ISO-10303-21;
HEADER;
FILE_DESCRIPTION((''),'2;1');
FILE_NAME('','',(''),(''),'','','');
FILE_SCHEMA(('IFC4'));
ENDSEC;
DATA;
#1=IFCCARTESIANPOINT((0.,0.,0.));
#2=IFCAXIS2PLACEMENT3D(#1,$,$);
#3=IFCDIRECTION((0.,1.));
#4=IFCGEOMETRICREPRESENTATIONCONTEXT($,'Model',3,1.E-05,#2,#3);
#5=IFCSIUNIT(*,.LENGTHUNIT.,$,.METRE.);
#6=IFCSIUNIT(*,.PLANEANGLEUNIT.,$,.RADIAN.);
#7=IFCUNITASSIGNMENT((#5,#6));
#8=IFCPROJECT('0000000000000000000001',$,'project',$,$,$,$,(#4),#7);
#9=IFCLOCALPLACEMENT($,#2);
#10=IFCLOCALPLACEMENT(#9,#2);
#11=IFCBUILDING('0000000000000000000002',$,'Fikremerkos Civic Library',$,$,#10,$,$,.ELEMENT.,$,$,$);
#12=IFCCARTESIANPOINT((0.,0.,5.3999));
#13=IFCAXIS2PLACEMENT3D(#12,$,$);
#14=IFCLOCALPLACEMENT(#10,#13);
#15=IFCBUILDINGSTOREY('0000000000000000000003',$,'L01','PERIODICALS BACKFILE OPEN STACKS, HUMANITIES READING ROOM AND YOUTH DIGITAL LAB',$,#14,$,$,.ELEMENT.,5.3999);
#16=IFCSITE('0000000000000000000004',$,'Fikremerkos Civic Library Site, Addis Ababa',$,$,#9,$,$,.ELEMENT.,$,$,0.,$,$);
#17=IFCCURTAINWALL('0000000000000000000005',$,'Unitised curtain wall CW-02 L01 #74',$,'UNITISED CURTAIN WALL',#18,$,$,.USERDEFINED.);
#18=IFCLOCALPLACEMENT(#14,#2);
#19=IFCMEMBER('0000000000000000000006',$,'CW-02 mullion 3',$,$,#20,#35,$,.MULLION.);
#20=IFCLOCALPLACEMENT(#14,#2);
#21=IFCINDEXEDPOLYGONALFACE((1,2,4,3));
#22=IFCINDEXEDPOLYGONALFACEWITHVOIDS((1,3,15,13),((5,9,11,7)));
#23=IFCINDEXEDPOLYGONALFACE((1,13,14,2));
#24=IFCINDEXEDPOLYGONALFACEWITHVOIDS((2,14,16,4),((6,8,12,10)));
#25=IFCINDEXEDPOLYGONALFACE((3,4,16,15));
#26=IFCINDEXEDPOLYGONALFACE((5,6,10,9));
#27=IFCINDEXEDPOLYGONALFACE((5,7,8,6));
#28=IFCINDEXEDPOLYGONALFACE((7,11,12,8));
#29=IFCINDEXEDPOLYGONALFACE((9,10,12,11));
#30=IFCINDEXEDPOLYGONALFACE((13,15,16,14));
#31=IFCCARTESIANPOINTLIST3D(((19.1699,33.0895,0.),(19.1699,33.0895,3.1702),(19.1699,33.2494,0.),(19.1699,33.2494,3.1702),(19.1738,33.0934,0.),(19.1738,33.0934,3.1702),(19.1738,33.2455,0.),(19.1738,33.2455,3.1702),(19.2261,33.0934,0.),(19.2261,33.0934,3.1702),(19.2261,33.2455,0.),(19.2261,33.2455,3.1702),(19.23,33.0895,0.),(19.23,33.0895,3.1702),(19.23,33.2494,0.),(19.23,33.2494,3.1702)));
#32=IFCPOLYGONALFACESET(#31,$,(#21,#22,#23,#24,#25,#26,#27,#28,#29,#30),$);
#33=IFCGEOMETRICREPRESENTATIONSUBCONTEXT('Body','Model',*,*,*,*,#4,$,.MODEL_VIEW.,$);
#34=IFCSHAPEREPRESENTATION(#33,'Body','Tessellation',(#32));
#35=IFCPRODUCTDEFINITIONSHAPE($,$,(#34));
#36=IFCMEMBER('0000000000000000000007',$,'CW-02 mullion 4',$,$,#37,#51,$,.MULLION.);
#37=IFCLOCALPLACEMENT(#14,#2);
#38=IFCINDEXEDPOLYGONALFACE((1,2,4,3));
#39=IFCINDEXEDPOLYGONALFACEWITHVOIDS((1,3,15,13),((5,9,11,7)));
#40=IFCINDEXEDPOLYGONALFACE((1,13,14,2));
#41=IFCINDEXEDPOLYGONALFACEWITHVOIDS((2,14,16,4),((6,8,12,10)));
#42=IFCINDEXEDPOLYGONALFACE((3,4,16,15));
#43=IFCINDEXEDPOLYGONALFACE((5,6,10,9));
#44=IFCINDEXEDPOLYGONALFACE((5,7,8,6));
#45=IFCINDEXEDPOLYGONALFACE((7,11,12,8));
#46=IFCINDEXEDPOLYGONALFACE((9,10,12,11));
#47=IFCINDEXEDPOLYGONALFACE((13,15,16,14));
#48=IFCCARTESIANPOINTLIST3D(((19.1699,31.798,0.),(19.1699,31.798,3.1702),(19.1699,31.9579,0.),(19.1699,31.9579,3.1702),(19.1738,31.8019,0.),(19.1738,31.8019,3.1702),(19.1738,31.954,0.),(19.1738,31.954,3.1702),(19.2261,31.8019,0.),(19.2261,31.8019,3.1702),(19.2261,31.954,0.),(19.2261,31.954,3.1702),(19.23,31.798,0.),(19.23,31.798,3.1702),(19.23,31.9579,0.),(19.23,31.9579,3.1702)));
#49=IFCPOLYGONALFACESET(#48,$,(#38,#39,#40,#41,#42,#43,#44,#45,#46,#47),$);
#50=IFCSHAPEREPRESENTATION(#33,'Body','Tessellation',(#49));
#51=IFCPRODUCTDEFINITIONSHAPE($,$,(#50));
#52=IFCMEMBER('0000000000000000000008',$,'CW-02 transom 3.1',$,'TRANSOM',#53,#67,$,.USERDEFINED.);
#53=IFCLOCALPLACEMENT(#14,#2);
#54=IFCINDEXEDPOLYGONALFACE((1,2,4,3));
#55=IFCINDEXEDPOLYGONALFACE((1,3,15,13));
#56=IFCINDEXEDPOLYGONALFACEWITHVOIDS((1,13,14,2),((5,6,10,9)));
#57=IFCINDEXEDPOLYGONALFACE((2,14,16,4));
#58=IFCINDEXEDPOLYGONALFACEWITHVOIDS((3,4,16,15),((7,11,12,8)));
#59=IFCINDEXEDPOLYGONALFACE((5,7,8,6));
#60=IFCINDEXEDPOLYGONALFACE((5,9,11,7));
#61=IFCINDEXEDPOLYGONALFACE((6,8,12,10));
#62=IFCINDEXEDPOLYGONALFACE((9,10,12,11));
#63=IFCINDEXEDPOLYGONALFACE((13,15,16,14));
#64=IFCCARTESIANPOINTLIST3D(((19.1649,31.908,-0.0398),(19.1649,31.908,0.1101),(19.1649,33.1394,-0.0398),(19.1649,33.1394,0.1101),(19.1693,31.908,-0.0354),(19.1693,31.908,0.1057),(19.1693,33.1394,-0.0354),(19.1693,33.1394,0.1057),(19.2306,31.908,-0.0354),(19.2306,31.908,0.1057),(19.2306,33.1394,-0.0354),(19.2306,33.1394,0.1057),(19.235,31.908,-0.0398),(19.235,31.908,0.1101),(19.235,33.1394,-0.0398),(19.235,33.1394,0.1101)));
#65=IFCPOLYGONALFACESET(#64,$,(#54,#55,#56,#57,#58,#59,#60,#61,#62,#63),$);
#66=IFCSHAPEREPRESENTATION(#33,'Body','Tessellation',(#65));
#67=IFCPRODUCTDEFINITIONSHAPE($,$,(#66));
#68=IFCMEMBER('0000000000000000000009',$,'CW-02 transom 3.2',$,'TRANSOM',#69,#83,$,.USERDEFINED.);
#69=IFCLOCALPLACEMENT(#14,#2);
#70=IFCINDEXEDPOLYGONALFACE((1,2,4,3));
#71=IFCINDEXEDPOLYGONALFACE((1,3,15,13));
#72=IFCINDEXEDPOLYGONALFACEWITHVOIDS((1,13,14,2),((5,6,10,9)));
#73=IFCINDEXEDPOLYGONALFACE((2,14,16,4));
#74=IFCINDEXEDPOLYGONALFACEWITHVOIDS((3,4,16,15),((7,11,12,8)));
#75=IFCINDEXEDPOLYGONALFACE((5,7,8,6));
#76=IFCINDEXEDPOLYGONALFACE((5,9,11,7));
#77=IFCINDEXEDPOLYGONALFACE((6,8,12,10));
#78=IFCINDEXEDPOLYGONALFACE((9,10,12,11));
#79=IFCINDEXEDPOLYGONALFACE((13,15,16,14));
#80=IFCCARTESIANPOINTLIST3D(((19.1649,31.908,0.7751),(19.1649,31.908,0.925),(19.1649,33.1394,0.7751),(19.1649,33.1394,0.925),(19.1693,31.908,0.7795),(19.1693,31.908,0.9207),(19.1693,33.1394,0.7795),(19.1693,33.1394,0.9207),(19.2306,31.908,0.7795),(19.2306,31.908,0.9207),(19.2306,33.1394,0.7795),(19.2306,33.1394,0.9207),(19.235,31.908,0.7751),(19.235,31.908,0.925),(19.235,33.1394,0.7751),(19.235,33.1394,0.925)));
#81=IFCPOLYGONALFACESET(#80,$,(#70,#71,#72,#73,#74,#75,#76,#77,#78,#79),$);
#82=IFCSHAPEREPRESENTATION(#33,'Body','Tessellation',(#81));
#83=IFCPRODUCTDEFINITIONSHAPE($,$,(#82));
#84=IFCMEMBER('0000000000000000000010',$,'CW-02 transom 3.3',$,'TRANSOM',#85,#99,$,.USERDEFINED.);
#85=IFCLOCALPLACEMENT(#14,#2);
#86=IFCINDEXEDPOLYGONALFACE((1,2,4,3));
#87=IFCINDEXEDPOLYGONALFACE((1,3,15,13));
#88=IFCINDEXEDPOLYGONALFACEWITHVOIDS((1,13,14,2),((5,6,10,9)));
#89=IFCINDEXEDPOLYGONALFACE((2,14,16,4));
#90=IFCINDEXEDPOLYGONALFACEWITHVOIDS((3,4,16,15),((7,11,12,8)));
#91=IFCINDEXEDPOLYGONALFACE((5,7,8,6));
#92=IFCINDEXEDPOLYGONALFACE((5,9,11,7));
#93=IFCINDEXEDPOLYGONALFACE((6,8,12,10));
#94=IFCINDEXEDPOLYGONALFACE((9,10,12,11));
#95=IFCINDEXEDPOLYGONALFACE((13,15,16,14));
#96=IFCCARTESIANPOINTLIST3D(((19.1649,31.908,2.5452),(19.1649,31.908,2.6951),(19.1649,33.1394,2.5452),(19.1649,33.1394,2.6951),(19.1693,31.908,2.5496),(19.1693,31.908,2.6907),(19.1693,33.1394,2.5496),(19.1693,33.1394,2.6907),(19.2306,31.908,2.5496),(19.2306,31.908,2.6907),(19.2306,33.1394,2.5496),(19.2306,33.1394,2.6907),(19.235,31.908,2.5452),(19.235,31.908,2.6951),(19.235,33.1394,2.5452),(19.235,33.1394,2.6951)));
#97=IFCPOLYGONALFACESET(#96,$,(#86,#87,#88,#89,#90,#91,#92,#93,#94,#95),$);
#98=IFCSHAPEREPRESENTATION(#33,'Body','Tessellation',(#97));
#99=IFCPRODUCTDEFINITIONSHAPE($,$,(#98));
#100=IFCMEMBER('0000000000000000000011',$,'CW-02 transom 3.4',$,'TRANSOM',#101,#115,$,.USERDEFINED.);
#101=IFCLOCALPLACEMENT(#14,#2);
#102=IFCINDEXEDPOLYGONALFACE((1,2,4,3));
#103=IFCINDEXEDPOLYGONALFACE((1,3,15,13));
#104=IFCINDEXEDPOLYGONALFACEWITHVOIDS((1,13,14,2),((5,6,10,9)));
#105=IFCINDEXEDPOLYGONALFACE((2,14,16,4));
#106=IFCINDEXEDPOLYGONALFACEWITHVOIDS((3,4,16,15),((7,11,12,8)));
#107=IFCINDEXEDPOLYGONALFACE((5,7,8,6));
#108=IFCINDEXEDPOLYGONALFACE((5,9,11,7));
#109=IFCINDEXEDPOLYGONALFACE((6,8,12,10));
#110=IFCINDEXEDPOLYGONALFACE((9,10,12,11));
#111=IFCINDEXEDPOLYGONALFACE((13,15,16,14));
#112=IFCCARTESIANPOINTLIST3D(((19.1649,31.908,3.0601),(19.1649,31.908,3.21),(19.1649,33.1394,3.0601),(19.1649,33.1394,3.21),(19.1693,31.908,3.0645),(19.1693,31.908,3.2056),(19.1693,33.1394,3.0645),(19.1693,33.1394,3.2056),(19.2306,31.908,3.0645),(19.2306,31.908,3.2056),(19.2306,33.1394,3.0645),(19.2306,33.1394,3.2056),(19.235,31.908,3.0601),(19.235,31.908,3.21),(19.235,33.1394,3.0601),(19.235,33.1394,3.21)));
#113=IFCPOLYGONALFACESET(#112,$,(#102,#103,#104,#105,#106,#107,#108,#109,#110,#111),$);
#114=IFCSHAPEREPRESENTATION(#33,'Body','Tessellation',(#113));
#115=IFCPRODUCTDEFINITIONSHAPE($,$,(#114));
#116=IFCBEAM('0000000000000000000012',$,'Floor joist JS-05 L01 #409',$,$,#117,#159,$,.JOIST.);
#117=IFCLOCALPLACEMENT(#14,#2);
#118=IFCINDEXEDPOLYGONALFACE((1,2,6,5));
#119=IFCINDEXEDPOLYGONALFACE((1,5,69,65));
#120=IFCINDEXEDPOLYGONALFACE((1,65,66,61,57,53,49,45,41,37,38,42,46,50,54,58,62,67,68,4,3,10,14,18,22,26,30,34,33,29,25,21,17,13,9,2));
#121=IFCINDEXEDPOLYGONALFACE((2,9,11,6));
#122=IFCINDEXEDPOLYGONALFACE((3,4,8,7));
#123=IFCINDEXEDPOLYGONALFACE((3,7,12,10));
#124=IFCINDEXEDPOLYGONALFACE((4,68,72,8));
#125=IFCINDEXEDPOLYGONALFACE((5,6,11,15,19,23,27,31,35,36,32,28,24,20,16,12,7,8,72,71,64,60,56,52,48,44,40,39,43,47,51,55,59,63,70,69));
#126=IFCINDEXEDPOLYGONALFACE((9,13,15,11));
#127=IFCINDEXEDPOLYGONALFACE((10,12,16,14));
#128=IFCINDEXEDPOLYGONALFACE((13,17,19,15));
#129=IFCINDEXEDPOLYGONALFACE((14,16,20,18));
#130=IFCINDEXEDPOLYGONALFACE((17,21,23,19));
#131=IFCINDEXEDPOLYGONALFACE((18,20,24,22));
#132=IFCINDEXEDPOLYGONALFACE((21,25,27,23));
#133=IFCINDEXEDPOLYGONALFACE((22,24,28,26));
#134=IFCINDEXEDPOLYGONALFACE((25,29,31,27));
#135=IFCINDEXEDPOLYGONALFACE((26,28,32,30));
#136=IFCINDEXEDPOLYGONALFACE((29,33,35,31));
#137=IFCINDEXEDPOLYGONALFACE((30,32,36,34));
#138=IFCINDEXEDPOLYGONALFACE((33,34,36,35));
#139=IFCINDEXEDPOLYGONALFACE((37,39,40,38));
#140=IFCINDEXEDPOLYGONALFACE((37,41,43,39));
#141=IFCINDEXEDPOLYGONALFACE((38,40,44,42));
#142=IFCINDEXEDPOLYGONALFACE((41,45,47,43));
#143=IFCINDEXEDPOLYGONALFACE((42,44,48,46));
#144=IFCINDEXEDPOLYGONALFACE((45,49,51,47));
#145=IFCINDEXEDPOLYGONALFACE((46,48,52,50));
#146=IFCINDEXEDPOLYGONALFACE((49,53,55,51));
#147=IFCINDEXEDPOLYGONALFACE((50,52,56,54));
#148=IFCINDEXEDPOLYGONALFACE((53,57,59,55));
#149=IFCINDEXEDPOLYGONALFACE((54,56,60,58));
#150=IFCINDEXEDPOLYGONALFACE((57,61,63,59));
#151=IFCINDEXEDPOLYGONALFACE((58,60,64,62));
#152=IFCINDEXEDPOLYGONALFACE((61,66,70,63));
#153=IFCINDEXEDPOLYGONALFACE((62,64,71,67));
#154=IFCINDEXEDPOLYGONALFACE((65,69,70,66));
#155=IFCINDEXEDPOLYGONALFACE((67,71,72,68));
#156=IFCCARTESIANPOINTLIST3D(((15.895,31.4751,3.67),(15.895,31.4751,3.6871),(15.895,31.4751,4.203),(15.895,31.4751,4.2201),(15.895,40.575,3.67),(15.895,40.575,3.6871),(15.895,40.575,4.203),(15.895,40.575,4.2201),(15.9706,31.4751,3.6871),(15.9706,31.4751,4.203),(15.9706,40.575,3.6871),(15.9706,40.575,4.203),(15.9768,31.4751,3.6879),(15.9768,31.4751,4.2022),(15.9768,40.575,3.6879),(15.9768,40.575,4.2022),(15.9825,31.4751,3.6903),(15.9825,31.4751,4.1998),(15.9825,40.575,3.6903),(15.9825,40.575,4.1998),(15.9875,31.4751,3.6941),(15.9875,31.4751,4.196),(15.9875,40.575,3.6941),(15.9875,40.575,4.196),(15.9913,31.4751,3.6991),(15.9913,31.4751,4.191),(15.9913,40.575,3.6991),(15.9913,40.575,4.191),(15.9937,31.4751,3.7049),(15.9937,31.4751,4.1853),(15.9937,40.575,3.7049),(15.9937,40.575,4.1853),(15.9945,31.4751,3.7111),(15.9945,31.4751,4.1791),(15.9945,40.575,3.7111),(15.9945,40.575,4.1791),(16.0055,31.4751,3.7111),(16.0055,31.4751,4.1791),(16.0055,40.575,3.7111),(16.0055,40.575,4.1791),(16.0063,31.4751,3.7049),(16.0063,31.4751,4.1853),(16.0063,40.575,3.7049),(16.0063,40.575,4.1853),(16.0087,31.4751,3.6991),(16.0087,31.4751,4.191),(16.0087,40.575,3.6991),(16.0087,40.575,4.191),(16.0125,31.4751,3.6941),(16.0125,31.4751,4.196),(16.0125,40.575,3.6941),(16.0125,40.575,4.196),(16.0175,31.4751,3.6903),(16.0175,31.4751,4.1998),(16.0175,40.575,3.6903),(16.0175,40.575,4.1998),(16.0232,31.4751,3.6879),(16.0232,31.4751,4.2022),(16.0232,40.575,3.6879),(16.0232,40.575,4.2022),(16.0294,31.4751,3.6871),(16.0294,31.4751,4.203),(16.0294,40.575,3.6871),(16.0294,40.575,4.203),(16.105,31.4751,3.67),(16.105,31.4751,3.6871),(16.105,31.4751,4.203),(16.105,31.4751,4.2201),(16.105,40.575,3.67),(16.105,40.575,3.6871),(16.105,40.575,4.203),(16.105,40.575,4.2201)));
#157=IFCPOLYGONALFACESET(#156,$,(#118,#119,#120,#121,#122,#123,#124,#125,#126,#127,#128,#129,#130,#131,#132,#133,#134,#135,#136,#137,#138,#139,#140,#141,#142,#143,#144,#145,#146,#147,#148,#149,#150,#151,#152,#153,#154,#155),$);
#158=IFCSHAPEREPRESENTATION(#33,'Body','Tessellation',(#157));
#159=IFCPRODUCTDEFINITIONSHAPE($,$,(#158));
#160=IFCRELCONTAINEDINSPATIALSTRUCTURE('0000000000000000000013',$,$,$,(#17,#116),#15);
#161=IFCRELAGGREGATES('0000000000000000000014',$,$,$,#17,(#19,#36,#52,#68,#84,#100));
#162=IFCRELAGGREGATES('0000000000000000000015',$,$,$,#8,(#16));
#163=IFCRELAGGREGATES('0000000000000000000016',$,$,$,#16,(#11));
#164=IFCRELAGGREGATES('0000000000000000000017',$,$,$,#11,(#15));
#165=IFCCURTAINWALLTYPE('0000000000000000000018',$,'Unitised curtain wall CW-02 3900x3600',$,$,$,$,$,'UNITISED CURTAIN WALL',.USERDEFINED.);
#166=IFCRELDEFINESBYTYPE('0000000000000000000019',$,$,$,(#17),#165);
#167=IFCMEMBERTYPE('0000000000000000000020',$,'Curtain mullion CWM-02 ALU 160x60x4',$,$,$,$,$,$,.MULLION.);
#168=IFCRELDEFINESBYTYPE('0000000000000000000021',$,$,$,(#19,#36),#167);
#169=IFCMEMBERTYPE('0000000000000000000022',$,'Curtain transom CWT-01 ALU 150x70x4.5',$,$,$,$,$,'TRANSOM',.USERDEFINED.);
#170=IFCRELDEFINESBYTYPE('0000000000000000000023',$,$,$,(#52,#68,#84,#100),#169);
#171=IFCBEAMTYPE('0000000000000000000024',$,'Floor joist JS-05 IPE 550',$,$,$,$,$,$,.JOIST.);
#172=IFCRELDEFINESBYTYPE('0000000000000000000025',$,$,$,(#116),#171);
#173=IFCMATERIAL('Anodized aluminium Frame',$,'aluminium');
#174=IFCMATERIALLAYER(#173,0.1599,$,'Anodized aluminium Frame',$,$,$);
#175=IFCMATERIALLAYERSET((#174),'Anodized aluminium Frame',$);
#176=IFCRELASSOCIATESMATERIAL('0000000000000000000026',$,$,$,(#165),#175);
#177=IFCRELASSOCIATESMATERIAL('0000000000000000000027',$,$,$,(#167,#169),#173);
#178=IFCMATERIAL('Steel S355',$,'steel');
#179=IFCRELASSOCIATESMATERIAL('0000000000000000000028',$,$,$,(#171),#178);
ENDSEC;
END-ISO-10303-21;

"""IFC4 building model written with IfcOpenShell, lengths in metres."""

from ifc_helpers import new_model, si_unit, direction, frame, origin, origin_2d, place, context, subcontext, project, spatial, hollow_rectangle, i_section, extrude, material, layer, layer_set, material_profile, profile_set, type_object, element, aggregate, save


model = new_model("IFC4")

# Units and contexts
model_context = context("Model", 3, precision=1e-05, world=origin(), true_north=direction((0.0, 1.0)))
body_context = subcontext(model_context, "Body", "Model", "MODEL_VIEW")
ifc_project = project(units=[si_unit("LENGTHUNIT", "METRE"), si_unit("PLANEANGLEUNIT", "RADIAN")], contexts=[model_context])

# Site, building, storey
site_placement = place(None, origin())
site = spatial("IfcSite", under=ifc_project, at=site_placement, Name="Fikremerkos Civic Library Site, Addis Ababa", CompositionType="ELEMENT", RefElevation=0.0)
building_placement = place(site_placement, origin())
building = spatial("IfcBuilding", under=site, at=building_placement, Name="Fikremerkos Civic Library", CompositionType="ELEMENT")
storey_placement = place(building_placement, frame((0.0, 0.0, 5.3999)))
storey = spatial("IfcBuildingStorey", under=building, at=storey_placement, Name="L01", Description="PERIODICALS BACKFILE OPEN STACKS, HUMANITIES READING ROOM AND YOUTH DIGITAL LAB", CompositionType="ELEMENT", Elevation=5.3999)

# Curtain wall, members
ifc_material_1 = material(Name="Anodized aluminium Frame", Category="aluminium")
ifc_layer_1 = layer(ifc_material_1, 0.1599, Name="Anodized aluminium Frame")
ifc_layer_set_1 = layer_set([ifc_layer_1], Name="Anodized aluminium Frame")
curtain_wall_type = type_object("IfcCurtainWallType", Name="Unitised curtain wall CW-02 3900x3600", ElementType="UNITISED CURTAIN WALL", PredefinedType="USERDEFINED", material=ifc_layer_set_1)
curtain_wall_placement = place(storey_placement, origin())
curtain_wall = element("IfcCurtainWall", 1, at=curtain_wall_placement, inside=storey, type_object=curtain_wall_type, Name="Unitised curtain wall CW-02 L01 #74", ObjectType="UNITISED CURTAIN WALL", PredefinedType="USERDEFINED")
ifc_material_profile_1 = material_profile(ifc_material_1, hollow_rectangle(XDim=0.0601, YDim=0.1599, WallThickness=0.0039, at=origin_2d()), Name="ALU 160x60x4")
ifc_profile_set_1 = profile_set([ifc_material_profile_1], Name="Anodized aluminium Frame")
member_type_1 = type_object("IfcMemberType", Name="Curtain mullion CWM-02 ALU 160x60x4", PredefinedType="MULLION", material=ifc_profile_set_1)
member_1_placement = place(storey_placement, frame((19.2, 33.1694, 0.0), z_axis=(0.0, 0.0, 1.0), x_axis=(1.0, 0.0, 0.0)))
member_1 = element("IfcMember", 2, at=member_1_placement, type_object=member_type_1, Name="CW-02 mullion 3", PredefinedType="MULLION", context=body_context, shape_type="SweptSolid", body=[
    extrude(hollow_rectangle(XDim=0.0601, YDim=0.1599, WallThickness=0.0039, at=origin_2d()), origin(), (0.0, 0.0, 1.0), 3.1702),
])
member_2_placement = place(storey_placement, frame((19.2, 31.8779, 0.0), z_axis=(0.0, 0.0, 1.0), x_axis=(1.0, 0.0, 0.0)))
member_2 = element("IfcMember", 3, at=member_2_placement, type_object=member_type_1, Name="CW-02 mullion 4", PredefinedType="MULLION", context=body_context, shape_type="SweptSolid", body=[
    extrude(hollow_rectangle(XDim=0.0601, YDim=0.1599, WallThickness=0.0039, at=origin_2d()), origin(), (0.0, 0.0, 1.0), 3.1702),
])
ifc_material_profile_2 = material_profile(ifc_material_1, hollow_rectangle(XDim=0.0701, YDim=0.1499, WallThickness=0.0044, at=origin_2d()), Name="ALU 150x70x4.5")
ifc_profile_set_2 = profile_set([ifc_material_profile_2], Name="Anodized aluminium Frame")
member_type_2 = type_object("IfcMemberType", Name="Curtain transom CWT-01 ALU 150x70x4.5", ElementType="TRANSOM", PredefinedType="USERDEFINED", material=ifc_profile_set_2)
member_3_placement = place(storey_placement, frame((19.2, 33.1394, 0.0352), z_axis=(0.0, -1.0, 0.0), x_axis=(1.0, 0.0, 0.0)))
member_3 = element("IfcMember", 4, at=member_3_placement, type_object=member_type_2, Name="CW-02 transom 3.1", ObjectType="TRANSOM", PredefinedType="USERDEFINED", context=body_context, shape_type="SweptSolid", body=[
    extrude(hollow_rectangle(XDim=0.0701, YDim=0.1499, WallThickness=0.0044, at=origin_2d()), origin(), (0.0, 0.0, 1.0), 1.2314),
])
member_4_placement = place(storey_placement, frame((19.2, 33.1394, 0.8501), z_axis=(0.0, -1.0, 0.0), x_axis=(1.0, 0.0, 0.0)))
member_4 = element("IfcMember", 5, at=member_4_placement, type_object=member_type_2, Name="CW-02 transom 3.2", ObjectType="TRANSOM", PredefinedType="USERDEFINED", context=body_context, shape_type="SweptSolid", body=[
    extrude(hollow_rectangle(XDim=0.0701, YDim=0.1499, WallThickness=0.0044, at=origin_2d()), origin(), (0.0, 0.0, 1.0), 1.2314),
])
member_5_placement = place(storey_placement, frame((19.2, 33.1394, 2.6201), z_axis=(0.0, -1.0, 0.0), x_axis=(1.0, 0.0, 0.0)))
member_5 = element("IfcMember", 6, at=member_5_placement, type_object=member_type_2, Name="CW-02 transom 3.3", ObjectType="TRANSOM", PredefinedType="USERDEFINED", context=body_context, shape_type="SweptSolid", body=[
    extrude(hollow_rectangle(XDim=0.0701, YDim=0.1499, WallThickness=0.0044, at=origin_2d()), origin(), (0.0, 0.0, 1.0), 1.2314),
])
member_6_placement = place(storey_placement, frame((19.2, 33.1394, 3.135), z_axis=(0.0, -1.0, 0.0), x_axis=(1.0, 0.0, 0.0)))
member_6 = element("IfcMember", 7, at=member_6_placement, type_object=member_type_2, Name="CW-02 transom 3.4", ObjectType="TRANSOM", PredefinedType="USERDEFINED", context=body_context, shape_type="SweptSolid", body=[
    extrude(hollow_rectangle(XDim=0.0701, YDim=0.1499, WallThickness=0.0044, at=origin_2d()), origin(), (0.0, 0.0, 1.0), 1.2314),
])

# Beam
ifc_material_2 = material(Name="Steel S355", Category="steel")
ifc_material_profile_3 = material_profile(ifc_material_2, i_section(OverallWidth=0.21, OverallDepth=0.55, WebThickness=0.011, FlangeThickness=0.0171, FilletRadius=0.0239, at=origin_2d()), Name="IPE 550")
ifc_profile_set_3 = profile_set([ifc_material_profile_3], Name="Steel S355")
beam_type_1 = type_object("IfcBeamType", Name="Floor joist JS-05 IPE 550", PredefinedType="JOIST", material=ifc_profile_set_3)
beam_1_placement = place(storey_placement, frame((16.0, 31.4751, 3.9451), z_axis=(0.0, 1.0, 0.0), x_axis=(-1.0, 0.0, 0.0)))
element("IfcBeam", 8, at=beam_1_placement, inside=storey, type_object=beam_type_1, Name="Floor joist JS-05 L01 #409", PredefinedType="JOIST", context=body_context, shape_type="SweptSolid", body=[
    extrude(i_section(OverallWidth=0.21, OverallDepth=0.55, WebThickness=0.011, FlangeThickness=0.0171, FilletRadius=0.0239, at=origin_2d()), origin(), (0.0, 0.0, 1.0), 9.0999),
])

aggregate(curtain_wall, [member_1, member_2, member_3, member_4, member_5, member_6])

save(model, "model.ifc")
